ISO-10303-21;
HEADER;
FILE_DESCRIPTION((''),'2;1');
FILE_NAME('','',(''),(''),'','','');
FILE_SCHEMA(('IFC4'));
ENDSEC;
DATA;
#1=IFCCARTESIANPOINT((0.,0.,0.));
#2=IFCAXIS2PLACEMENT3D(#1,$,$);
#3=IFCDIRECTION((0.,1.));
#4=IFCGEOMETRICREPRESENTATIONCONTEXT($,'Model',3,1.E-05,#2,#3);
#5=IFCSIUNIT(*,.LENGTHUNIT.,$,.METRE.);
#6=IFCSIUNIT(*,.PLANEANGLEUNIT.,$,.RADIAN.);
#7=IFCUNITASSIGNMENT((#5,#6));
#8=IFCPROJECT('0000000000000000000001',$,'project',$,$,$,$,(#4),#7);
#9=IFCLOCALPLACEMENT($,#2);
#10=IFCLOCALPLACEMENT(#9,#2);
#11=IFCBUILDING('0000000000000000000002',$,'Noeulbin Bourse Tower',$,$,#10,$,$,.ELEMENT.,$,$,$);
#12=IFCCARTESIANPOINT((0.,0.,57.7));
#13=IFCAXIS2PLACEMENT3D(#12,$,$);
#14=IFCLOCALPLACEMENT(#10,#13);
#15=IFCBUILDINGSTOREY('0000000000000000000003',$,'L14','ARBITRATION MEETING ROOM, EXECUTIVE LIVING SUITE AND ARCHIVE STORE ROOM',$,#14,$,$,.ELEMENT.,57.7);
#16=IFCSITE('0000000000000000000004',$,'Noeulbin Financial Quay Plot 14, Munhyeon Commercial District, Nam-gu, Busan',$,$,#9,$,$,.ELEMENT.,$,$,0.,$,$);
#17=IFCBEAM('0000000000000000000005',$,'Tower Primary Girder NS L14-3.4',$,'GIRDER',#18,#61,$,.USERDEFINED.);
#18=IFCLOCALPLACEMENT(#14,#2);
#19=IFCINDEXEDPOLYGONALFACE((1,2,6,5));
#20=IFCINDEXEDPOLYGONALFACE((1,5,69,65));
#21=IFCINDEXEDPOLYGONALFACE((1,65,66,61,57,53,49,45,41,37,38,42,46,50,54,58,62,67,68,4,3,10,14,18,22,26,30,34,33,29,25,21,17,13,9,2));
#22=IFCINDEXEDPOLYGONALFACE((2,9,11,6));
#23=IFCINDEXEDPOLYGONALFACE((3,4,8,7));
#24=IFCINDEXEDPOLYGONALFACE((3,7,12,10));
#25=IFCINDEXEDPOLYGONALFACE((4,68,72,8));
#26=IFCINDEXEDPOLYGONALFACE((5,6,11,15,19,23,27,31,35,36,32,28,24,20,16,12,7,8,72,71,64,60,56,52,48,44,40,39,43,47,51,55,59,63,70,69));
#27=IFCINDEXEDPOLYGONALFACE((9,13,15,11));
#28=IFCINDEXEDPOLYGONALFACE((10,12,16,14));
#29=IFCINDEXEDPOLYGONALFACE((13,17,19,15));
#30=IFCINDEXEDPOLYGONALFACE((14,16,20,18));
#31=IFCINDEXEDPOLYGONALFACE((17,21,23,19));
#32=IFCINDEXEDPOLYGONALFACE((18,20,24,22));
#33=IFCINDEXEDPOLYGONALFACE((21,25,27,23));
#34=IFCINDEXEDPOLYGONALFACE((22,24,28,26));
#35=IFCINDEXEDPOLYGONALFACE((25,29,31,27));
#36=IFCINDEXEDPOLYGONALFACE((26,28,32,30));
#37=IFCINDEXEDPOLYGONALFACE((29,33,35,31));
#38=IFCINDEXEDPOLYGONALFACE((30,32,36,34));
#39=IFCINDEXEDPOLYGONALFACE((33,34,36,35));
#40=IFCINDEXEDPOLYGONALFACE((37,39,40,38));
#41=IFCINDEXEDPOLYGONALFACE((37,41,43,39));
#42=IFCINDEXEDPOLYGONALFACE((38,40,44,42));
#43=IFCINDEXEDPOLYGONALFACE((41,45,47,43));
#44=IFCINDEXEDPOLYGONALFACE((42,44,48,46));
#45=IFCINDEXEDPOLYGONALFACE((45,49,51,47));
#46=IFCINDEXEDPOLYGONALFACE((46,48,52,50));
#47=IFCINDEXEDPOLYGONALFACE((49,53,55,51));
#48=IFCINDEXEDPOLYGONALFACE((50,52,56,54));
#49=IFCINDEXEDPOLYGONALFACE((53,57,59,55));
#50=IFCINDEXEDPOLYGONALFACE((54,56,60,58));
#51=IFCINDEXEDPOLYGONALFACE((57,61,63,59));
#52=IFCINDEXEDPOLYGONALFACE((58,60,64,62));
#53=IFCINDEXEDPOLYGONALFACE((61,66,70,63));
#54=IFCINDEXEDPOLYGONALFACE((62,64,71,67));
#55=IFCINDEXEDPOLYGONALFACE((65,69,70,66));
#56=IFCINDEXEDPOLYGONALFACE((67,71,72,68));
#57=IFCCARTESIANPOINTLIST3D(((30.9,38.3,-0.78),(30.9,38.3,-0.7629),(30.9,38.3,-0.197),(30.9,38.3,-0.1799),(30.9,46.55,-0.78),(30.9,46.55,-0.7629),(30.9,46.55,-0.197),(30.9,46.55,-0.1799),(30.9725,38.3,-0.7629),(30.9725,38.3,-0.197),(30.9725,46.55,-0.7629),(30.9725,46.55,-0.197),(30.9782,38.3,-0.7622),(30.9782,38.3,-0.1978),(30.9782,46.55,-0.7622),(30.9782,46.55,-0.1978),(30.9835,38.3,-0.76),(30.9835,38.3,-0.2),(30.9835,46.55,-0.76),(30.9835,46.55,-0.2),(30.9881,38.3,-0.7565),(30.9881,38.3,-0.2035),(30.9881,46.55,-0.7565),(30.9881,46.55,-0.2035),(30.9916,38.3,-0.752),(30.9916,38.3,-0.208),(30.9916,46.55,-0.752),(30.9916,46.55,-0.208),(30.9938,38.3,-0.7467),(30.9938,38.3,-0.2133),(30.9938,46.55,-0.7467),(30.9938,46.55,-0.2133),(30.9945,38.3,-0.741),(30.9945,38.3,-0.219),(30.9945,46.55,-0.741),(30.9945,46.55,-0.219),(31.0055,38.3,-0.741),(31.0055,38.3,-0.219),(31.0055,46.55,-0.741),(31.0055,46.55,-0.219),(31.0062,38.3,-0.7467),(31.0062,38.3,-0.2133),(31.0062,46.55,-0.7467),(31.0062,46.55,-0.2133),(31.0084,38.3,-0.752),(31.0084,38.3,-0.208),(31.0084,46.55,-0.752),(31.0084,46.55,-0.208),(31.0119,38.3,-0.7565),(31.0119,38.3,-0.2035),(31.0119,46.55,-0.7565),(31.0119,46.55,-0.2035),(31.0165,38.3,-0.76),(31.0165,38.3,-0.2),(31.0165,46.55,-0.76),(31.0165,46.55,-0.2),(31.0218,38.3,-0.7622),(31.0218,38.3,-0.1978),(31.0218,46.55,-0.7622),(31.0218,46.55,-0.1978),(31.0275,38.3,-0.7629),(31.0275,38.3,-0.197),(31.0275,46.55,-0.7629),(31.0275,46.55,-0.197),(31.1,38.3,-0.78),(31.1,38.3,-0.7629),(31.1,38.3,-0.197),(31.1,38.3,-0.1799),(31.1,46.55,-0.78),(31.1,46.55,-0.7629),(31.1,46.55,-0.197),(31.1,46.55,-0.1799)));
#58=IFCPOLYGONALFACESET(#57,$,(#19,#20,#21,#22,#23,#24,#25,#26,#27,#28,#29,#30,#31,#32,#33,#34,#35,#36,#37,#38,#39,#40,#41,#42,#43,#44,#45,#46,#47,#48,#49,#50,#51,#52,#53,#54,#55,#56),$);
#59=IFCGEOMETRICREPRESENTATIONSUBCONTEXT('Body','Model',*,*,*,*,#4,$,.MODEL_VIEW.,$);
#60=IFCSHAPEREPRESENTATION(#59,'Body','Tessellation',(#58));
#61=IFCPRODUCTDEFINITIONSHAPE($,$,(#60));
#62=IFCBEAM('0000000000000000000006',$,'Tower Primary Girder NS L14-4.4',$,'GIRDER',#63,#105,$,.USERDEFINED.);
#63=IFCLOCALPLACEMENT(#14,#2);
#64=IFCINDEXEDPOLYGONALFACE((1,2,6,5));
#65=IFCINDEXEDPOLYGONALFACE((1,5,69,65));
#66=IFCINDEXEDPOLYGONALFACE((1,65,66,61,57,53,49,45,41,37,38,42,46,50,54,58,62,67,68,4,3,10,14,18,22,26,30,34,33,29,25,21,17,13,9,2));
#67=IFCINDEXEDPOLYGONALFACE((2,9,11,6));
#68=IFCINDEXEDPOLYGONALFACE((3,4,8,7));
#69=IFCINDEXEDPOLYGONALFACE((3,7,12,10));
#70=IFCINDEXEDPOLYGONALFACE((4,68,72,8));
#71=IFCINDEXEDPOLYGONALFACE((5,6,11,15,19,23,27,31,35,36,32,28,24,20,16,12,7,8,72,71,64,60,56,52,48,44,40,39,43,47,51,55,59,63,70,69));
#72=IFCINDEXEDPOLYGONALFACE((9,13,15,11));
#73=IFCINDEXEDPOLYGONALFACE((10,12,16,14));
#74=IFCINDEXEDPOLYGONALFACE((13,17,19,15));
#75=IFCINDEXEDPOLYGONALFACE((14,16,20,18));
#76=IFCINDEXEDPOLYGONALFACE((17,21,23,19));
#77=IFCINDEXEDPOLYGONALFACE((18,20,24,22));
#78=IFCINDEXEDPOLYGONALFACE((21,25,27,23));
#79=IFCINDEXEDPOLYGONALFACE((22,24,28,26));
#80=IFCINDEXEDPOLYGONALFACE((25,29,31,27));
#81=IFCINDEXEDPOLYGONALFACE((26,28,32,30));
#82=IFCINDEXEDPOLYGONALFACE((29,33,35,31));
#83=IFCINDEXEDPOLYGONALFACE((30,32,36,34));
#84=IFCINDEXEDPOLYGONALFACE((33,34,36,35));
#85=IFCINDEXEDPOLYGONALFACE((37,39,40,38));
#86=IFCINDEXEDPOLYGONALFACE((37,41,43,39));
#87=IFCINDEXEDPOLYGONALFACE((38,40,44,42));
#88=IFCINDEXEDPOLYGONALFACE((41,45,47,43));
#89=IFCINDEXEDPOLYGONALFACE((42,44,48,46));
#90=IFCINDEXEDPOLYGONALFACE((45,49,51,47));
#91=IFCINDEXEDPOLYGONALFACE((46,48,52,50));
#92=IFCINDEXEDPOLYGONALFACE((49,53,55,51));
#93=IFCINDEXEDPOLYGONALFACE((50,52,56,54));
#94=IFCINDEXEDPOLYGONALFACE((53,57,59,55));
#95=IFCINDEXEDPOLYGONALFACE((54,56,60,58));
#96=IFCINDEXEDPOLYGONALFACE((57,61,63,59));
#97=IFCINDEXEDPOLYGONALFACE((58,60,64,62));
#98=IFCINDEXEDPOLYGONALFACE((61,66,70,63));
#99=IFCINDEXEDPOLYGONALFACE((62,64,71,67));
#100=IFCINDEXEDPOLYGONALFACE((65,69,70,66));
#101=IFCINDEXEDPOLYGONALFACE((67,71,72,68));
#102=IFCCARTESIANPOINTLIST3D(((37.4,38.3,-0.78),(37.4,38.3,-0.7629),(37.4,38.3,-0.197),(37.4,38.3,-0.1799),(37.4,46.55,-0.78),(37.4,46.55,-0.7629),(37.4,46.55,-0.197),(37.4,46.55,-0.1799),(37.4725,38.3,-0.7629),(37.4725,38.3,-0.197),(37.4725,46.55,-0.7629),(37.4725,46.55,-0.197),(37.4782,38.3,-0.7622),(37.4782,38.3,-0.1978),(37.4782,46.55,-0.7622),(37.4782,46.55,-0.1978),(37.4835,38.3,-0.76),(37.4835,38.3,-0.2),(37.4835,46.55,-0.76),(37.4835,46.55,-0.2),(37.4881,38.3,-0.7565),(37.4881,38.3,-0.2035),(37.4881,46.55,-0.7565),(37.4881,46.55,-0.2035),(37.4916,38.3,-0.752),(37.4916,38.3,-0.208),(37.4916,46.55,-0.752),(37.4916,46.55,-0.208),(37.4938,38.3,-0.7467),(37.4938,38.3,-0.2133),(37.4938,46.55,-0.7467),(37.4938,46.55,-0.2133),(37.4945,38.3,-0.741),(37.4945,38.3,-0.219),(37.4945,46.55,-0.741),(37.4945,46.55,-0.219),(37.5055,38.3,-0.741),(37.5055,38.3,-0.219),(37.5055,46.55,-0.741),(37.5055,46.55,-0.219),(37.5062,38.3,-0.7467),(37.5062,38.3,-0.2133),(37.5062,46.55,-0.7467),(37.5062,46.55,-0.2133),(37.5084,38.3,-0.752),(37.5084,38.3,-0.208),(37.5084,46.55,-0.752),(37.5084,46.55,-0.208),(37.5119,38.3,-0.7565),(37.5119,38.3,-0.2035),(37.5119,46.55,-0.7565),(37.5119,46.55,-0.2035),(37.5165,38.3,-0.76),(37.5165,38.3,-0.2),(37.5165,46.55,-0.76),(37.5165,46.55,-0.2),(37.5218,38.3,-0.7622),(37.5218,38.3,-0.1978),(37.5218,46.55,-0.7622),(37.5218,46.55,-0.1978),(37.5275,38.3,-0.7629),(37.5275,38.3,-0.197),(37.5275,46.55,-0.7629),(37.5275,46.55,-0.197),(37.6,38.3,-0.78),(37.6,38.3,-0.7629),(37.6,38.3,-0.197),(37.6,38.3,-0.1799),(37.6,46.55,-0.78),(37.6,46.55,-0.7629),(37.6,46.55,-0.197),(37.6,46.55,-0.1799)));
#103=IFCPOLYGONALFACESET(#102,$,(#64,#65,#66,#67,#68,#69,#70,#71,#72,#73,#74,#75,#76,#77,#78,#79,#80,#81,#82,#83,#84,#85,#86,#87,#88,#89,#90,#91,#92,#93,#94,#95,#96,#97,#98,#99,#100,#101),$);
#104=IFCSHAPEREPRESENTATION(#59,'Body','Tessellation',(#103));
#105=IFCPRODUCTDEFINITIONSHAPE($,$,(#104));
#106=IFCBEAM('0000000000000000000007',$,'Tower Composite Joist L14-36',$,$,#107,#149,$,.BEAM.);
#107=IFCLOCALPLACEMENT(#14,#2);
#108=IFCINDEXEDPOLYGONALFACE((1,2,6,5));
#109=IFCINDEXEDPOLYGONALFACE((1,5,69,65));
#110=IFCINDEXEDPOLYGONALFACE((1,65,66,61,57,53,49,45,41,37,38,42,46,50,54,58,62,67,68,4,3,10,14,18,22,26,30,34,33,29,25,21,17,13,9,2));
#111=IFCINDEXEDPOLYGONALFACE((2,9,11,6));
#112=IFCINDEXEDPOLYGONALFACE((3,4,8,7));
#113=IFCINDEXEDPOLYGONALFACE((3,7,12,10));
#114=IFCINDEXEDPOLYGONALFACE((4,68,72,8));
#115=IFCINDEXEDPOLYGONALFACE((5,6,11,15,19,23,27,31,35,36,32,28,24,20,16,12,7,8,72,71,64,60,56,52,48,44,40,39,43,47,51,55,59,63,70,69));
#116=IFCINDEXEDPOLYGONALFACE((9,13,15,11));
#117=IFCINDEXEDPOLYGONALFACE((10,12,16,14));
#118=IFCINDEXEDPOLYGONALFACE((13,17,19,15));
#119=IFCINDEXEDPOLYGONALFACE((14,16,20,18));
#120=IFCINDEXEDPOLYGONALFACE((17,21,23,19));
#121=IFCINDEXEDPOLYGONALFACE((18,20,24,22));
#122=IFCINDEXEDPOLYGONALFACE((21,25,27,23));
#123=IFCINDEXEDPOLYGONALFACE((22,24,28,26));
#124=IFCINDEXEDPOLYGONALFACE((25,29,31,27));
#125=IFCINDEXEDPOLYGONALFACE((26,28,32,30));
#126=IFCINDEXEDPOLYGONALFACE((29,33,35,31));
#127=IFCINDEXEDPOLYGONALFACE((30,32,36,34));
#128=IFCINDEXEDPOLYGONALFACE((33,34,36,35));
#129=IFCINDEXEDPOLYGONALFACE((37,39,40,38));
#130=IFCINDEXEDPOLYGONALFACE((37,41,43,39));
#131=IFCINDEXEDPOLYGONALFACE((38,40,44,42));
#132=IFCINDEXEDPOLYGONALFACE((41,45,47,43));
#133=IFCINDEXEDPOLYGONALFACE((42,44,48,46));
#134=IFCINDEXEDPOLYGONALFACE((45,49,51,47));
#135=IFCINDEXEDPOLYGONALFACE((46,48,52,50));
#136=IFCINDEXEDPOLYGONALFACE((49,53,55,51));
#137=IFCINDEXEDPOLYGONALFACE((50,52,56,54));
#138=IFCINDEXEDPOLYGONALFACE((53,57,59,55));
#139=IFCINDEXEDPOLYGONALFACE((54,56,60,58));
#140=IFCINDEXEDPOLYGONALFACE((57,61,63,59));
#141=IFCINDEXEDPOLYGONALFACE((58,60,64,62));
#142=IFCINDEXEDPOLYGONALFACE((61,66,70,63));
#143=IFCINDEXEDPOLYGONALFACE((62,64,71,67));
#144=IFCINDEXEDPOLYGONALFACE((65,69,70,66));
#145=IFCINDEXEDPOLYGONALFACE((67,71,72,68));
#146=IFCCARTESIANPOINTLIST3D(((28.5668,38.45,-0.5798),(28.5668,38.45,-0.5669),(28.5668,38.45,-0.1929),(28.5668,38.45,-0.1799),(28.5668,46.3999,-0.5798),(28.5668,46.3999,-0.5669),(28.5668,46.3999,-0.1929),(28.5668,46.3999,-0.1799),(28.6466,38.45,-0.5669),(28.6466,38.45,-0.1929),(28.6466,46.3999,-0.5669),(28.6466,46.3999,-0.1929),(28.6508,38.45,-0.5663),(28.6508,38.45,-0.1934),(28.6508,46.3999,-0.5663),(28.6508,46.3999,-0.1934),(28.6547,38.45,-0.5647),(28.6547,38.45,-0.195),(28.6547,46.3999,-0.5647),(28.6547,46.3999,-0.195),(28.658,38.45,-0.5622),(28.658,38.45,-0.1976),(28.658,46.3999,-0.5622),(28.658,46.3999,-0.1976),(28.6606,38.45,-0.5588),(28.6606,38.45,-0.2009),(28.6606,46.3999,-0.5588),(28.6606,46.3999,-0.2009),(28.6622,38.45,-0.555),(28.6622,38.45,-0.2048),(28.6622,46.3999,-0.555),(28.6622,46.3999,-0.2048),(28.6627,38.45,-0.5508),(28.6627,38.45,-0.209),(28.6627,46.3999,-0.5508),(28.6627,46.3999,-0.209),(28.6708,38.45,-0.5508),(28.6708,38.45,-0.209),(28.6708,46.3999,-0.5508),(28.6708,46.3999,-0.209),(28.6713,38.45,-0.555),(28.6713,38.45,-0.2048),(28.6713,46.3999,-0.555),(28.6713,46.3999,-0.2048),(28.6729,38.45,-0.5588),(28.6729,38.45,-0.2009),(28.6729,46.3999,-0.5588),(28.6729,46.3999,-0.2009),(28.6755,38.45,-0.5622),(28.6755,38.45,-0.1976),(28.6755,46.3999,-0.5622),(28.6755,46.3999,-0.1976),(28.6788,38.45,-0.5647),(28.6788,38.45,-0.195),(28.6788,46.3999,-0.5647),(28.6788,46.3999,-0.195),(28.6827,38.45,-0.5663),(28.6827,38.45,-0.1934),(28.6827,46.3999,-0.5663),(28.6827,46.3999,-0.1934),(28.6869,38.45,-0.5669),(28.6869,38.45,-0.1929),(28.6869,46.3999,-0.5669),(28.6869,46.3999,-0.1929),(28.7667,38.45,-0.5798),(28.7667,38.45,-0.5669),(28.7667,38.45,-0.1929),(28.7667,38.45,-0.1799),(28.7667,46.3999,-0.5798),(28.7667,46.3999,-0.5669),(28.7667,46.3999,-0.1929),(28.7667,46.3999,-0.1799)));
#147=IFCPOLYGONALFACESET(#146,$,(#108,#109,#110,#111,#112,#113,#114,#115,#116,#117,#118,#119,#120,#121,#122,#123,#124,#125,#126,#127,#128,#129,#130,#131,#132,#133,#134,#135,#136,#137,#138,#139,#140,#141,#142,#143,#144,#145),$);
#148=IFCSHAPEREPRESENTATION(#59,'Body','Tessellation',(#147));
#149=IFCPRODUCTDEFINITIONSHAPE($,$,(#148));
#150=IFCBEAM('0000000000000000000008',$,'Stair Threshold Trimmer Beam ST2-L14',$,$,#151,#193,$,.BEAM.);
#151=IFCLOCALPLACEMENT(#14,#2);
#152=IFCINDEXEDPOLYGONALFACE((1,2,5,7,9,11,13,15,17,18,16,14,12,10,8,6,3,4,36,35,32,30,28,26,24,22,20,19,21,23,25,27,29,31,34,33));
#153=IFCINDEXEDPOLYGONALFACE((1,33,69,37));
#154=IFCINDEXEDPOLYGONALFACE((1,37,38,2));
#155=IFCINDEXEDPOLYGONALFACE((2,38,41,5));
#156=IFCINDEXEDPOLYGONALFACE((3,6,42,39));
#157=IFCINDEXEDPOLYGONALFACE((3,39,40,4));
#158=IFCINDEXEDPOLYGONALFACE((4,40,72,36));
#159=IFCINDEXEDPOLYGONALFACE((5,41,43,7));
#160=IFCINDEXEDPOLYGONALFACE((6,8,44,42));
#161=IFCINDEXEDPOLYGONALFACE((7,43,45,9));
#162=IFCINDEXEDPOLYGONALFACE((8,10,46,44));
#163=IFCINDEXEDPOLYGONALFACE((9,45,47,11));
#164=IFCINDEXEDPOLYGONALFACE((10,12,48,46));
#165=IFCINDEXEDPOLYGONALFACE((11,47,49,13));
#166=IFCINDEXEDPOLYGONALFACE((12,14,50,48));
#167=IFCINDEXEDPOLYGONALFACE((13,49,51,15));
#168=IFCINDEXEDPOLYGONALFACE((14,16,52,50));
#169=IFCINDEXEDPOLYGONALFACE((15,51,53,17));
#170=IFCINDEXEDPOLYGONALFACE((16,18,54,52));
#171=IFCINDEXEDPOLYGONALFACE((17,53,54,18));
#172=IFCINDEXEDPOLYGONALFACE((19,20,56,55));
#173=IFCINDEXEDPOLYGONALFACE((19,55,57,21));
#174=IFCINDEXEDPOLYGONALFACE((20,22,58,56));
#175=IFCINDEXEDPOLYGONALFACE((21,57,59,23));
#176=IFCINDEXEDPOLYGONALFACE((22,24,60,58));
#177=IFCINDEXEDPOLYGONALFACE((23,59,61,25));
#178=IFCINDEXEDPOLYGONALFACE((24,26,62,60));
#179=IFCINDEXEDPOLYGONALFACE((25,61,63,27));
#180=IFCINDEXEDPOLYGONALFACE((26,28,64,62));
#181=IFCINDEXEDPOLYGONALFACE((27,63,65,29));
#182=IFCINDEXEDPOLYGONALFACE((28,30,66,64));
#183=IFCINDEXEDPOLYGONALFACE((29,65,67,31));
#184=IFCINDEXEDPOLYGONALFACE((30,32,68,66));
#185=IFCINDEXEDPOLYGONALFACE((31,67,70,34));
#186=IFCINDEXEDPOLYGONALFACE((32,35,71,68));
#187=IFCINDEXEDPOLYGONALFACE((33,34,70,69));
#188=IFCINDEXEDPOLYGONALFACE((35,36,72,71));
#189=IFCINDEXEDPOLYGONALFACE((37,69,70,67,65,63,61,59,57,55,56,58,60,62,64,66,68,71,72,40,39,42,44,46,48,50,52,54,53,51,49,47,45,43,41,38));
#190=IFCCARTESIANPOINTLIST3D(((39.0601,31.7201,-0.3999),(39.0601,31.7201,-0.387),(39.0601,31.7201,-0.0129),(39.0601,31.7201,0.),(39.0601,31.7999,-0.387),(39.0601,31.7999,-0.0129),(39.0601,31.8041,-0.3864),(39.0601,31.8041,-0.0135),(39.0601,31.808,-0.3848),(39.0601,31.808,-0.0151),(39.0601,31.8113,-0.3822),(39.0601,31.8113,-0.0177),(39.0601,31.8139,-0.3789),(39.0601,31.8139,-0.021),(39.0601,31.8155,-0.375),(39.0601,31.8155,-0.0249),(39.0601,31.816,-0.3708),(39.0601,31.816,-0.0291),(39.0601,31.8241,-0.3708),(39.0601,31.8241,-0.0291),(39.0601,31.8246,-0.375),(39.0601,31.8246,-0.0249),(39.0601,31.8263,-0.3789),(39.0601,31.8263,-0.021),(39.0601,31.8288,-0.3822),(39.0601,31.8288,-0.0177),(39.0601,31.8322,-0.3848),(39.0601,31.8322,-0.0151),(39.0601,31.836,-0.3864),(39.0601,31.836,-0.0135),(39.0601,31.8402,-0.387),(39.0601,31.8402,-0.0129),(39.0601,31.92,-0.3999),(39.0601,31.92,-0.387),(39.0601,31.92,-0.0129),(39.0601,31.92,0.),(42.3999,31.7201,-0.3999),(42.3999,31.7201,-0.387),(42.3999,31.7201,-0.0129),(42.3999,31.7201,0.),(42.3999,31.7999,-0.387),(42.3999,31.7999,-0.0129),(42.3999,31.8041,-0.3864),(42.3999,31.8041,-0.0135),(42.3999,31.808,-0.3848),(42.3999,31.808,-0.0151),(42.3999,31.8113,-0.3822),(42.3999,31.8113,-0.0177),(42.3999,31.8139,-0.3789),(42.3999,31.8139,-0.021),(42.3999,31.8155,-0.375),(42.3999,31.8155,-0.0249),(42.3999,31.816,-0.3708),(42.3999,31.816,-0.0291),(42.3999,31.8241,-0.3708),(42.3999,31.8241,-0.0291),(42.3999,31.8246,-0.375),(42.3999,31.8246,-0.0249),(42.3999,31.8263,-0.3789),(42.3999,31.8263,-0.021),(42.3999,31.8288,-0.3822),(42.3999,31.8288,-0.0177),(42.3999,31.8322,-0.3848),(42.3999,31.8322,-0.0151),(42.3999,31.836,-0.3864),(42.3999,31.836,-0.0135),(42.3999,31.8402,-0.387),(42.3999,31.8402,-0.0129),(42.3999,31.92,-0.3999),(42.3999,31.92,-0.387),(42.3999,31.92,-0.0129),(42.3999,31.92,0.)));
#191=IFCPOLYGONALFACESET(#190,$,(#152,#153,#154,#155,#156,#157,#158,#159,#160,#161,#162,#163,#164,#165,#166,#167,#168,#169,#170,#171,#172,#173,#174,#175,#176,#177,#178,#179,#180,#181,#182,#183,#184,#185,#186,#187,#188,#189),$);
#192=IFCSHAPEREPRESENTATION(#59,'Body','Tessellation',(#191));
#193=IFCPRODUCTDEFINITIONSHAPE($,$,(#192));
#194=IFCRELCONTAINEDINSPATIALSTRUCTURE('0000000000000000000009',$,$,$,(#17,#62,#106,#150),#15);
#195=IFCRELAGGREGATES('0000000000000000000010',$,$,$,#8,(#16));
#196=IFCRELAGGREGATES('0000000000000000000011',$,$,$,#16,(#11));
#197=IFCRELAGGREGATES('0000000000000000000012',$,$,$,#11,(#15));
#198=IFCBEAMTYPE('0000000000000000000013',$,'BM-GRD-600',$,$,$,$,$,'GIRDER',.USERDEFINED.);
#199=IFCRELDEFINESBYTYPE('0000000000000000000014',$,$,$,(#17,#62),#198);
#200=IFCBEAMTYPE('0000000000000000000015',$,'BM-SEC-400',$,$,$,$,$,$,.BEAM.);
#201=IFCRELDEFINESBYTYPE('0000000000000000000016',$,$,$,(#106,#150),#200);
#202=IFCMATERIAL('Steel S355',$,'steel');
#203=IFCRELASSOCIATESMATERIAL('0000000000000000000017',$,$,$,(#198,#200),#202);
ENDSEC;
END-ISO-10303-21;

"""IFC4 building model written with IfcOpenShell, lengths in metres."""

from ifc_helpers import new_model, si_unit, direction, frame, origin, origin_2d, place, context, subcontext, project, spatial, i_section, extrude, material, material_profile, profile_set, type_object, element, save


model = new_model("IFC4")

# Units and contexts
model_context = context("Model", 3, precision=1e-05, world=origin(), true_north=direction((0.0, 1.0)))
body_context = subcontext(model_context, "Body", "Model", "MODEL_VIEW")
ifc_project = project(units=[si_unit("LENGTHUNIT", "METRE"), si_unit("PLANEANGLEUNIT", "RADIAN")], contexts=[model_context])

# Site, building, storey
site_placement = place(None, origin())
site = spatial("IfcSite", under=ifc_project, at=site_placement, Name="Noeulbin Financial Quay Plot 14, Munhyeon Commercial District, Nam-gu, Busan", CompositionType="ELEMENT", RefElevation=0.0)
building_placement = place(site_placement, origin())
building = spatial("IfcBuilding", under=site, at=building_placement, Name="Noeulbin Bourse Tower", CompositionType="ELEMENT")
storey_placement = place(building_placement, frame((0.0, 0.0, 57.7)))
storey = spatial("IfcBuildingStorey", under=building, at=storey_placement, Name="L14", Description="ARBITRATION MEETING ROOM, EXECUTIVE LIVING SUITE AND ARCHIVE STORE ROOM", CompositionType="ELEMENT", Elevation=57.7)

# Beams
ifc_material_1 = material(Name="Steel S355", Category="steel")
ifc_material_profile_1 = material_profile(ifc_material_1, i_section(OverallWidth=0.2, OverallDepth=0.6001, WebThickness=0.011, FlangeThickness=0.0171, FilletRadius=0.022, at=origin_2d()), Name="H-600x200x11x17", Category="LoadBearing")
ifc_profile_set_1 = profile_set([ifc_material_profile_1], Name="Steel S355")
beam_type_1 = type_object("IfcBeamType", Name="BM-GRD-600", ElementType="GIRDER", PredefinedType="USERDEFINED", material=ifc_profile_set_1)
for number, where, z_axis, x_axis, name in (
    (1, (31.0, 38.3, -0.48), (0.0, 1.0, 0.0), (-1.0, 0.0, 0.0), "Tower Primary Girder NS L14-3.4"),
    (2, (37.5, 38.3, -0.48), (0.0, 1.0, 0.0), (-1.0, 0.0, 0.0), "Tower Primary Girder NS L14-4.4"),
):
    element("IfcBeam", number, at=place(storey_placement, frame(where, z_axis=z_axis, x_axis=x_axis)), inside=storey, type_object=beam_type_1, Name=name, ObjectType="GIRDER", PredefinedType="USERDEFINED", context=body_context, shape_type="SweptSolid", body=[
        extrude(i_section(OverallWidth=0.2, OverallDepth=0.6001, WebThickness=0.011, FlangeThickness=0.0171, FilletRadius=0.022, at=origin_2d()), origin(), (0.0, 0.0, 1.0), 8.25),
    ])
ifc_material_profile_2 = material_profile(ifc_material_1, i_section(OverallWidth=0.2, OverallDepth=0.3999, WebThickness=0.0081, FlangeThickness=0.0129, FilletRadius=0.0161, at=origin_2d()), Name="H-400x200x8x13", Category="LoadBearing")
ifc_profile_set_2 = profile_set([ifc_material_profile_2], Name="Steel S355")
beam_type_2 = type_object("IfcBeamType", Name="BM-SEC-400", PredefinedType="BEAM", material=ifc_profile_set_2)
beam_1_placement = place(storey_placement, frame((28.6667, 38.45, -0.3799), z_axis=(0.0, 1.0, 0.0), x_axis=(-1.0, 0.0, 0.0)))
element("IfcBeam", 3, at=beam_1_placement, inside=storey, type_object=beam_type_2, Name="Tower Composite Joist L14-36", PredefinedType="BEAM", context=body_context, shape_type="SweptSolid", body=[
    extrude(i_section(OverallWidth=0.2, OverallDepth=0.3999, WebThickness=0.0081, FlangeThickness=0.0129, FilletRadius=0.0161, at=origin_2d()), origin(), (0.0, 0.0, 1.0), 7.95),
])
beam_2_placement = place(storey_placement, frame((39.0601, 31.8201, -0.2), z_axis=(1.0, 0.0, 0.0), x_axis=(0.0, 1.0, 0.0)))
element("IfcBeam", 4, at=beam_2_placement, inside=storey, type_object=beam_type_2, Name="Stair Threshold Trimmer Beam ST2-L14", PredefinedType="BEAM", context=body_context, shape_type="SweptSolid", body=[
    extrude(i_section(OverallWidth=0.2, OverallDepth=0.3999, WebThickness=0.0081, FlangeThickness=0.0129, FilletRadius=0.0161, at=origin_2d()), origin(), (0.0, 0.0, 1.0), 3.3398),
])

save(model, "model.ifc")
